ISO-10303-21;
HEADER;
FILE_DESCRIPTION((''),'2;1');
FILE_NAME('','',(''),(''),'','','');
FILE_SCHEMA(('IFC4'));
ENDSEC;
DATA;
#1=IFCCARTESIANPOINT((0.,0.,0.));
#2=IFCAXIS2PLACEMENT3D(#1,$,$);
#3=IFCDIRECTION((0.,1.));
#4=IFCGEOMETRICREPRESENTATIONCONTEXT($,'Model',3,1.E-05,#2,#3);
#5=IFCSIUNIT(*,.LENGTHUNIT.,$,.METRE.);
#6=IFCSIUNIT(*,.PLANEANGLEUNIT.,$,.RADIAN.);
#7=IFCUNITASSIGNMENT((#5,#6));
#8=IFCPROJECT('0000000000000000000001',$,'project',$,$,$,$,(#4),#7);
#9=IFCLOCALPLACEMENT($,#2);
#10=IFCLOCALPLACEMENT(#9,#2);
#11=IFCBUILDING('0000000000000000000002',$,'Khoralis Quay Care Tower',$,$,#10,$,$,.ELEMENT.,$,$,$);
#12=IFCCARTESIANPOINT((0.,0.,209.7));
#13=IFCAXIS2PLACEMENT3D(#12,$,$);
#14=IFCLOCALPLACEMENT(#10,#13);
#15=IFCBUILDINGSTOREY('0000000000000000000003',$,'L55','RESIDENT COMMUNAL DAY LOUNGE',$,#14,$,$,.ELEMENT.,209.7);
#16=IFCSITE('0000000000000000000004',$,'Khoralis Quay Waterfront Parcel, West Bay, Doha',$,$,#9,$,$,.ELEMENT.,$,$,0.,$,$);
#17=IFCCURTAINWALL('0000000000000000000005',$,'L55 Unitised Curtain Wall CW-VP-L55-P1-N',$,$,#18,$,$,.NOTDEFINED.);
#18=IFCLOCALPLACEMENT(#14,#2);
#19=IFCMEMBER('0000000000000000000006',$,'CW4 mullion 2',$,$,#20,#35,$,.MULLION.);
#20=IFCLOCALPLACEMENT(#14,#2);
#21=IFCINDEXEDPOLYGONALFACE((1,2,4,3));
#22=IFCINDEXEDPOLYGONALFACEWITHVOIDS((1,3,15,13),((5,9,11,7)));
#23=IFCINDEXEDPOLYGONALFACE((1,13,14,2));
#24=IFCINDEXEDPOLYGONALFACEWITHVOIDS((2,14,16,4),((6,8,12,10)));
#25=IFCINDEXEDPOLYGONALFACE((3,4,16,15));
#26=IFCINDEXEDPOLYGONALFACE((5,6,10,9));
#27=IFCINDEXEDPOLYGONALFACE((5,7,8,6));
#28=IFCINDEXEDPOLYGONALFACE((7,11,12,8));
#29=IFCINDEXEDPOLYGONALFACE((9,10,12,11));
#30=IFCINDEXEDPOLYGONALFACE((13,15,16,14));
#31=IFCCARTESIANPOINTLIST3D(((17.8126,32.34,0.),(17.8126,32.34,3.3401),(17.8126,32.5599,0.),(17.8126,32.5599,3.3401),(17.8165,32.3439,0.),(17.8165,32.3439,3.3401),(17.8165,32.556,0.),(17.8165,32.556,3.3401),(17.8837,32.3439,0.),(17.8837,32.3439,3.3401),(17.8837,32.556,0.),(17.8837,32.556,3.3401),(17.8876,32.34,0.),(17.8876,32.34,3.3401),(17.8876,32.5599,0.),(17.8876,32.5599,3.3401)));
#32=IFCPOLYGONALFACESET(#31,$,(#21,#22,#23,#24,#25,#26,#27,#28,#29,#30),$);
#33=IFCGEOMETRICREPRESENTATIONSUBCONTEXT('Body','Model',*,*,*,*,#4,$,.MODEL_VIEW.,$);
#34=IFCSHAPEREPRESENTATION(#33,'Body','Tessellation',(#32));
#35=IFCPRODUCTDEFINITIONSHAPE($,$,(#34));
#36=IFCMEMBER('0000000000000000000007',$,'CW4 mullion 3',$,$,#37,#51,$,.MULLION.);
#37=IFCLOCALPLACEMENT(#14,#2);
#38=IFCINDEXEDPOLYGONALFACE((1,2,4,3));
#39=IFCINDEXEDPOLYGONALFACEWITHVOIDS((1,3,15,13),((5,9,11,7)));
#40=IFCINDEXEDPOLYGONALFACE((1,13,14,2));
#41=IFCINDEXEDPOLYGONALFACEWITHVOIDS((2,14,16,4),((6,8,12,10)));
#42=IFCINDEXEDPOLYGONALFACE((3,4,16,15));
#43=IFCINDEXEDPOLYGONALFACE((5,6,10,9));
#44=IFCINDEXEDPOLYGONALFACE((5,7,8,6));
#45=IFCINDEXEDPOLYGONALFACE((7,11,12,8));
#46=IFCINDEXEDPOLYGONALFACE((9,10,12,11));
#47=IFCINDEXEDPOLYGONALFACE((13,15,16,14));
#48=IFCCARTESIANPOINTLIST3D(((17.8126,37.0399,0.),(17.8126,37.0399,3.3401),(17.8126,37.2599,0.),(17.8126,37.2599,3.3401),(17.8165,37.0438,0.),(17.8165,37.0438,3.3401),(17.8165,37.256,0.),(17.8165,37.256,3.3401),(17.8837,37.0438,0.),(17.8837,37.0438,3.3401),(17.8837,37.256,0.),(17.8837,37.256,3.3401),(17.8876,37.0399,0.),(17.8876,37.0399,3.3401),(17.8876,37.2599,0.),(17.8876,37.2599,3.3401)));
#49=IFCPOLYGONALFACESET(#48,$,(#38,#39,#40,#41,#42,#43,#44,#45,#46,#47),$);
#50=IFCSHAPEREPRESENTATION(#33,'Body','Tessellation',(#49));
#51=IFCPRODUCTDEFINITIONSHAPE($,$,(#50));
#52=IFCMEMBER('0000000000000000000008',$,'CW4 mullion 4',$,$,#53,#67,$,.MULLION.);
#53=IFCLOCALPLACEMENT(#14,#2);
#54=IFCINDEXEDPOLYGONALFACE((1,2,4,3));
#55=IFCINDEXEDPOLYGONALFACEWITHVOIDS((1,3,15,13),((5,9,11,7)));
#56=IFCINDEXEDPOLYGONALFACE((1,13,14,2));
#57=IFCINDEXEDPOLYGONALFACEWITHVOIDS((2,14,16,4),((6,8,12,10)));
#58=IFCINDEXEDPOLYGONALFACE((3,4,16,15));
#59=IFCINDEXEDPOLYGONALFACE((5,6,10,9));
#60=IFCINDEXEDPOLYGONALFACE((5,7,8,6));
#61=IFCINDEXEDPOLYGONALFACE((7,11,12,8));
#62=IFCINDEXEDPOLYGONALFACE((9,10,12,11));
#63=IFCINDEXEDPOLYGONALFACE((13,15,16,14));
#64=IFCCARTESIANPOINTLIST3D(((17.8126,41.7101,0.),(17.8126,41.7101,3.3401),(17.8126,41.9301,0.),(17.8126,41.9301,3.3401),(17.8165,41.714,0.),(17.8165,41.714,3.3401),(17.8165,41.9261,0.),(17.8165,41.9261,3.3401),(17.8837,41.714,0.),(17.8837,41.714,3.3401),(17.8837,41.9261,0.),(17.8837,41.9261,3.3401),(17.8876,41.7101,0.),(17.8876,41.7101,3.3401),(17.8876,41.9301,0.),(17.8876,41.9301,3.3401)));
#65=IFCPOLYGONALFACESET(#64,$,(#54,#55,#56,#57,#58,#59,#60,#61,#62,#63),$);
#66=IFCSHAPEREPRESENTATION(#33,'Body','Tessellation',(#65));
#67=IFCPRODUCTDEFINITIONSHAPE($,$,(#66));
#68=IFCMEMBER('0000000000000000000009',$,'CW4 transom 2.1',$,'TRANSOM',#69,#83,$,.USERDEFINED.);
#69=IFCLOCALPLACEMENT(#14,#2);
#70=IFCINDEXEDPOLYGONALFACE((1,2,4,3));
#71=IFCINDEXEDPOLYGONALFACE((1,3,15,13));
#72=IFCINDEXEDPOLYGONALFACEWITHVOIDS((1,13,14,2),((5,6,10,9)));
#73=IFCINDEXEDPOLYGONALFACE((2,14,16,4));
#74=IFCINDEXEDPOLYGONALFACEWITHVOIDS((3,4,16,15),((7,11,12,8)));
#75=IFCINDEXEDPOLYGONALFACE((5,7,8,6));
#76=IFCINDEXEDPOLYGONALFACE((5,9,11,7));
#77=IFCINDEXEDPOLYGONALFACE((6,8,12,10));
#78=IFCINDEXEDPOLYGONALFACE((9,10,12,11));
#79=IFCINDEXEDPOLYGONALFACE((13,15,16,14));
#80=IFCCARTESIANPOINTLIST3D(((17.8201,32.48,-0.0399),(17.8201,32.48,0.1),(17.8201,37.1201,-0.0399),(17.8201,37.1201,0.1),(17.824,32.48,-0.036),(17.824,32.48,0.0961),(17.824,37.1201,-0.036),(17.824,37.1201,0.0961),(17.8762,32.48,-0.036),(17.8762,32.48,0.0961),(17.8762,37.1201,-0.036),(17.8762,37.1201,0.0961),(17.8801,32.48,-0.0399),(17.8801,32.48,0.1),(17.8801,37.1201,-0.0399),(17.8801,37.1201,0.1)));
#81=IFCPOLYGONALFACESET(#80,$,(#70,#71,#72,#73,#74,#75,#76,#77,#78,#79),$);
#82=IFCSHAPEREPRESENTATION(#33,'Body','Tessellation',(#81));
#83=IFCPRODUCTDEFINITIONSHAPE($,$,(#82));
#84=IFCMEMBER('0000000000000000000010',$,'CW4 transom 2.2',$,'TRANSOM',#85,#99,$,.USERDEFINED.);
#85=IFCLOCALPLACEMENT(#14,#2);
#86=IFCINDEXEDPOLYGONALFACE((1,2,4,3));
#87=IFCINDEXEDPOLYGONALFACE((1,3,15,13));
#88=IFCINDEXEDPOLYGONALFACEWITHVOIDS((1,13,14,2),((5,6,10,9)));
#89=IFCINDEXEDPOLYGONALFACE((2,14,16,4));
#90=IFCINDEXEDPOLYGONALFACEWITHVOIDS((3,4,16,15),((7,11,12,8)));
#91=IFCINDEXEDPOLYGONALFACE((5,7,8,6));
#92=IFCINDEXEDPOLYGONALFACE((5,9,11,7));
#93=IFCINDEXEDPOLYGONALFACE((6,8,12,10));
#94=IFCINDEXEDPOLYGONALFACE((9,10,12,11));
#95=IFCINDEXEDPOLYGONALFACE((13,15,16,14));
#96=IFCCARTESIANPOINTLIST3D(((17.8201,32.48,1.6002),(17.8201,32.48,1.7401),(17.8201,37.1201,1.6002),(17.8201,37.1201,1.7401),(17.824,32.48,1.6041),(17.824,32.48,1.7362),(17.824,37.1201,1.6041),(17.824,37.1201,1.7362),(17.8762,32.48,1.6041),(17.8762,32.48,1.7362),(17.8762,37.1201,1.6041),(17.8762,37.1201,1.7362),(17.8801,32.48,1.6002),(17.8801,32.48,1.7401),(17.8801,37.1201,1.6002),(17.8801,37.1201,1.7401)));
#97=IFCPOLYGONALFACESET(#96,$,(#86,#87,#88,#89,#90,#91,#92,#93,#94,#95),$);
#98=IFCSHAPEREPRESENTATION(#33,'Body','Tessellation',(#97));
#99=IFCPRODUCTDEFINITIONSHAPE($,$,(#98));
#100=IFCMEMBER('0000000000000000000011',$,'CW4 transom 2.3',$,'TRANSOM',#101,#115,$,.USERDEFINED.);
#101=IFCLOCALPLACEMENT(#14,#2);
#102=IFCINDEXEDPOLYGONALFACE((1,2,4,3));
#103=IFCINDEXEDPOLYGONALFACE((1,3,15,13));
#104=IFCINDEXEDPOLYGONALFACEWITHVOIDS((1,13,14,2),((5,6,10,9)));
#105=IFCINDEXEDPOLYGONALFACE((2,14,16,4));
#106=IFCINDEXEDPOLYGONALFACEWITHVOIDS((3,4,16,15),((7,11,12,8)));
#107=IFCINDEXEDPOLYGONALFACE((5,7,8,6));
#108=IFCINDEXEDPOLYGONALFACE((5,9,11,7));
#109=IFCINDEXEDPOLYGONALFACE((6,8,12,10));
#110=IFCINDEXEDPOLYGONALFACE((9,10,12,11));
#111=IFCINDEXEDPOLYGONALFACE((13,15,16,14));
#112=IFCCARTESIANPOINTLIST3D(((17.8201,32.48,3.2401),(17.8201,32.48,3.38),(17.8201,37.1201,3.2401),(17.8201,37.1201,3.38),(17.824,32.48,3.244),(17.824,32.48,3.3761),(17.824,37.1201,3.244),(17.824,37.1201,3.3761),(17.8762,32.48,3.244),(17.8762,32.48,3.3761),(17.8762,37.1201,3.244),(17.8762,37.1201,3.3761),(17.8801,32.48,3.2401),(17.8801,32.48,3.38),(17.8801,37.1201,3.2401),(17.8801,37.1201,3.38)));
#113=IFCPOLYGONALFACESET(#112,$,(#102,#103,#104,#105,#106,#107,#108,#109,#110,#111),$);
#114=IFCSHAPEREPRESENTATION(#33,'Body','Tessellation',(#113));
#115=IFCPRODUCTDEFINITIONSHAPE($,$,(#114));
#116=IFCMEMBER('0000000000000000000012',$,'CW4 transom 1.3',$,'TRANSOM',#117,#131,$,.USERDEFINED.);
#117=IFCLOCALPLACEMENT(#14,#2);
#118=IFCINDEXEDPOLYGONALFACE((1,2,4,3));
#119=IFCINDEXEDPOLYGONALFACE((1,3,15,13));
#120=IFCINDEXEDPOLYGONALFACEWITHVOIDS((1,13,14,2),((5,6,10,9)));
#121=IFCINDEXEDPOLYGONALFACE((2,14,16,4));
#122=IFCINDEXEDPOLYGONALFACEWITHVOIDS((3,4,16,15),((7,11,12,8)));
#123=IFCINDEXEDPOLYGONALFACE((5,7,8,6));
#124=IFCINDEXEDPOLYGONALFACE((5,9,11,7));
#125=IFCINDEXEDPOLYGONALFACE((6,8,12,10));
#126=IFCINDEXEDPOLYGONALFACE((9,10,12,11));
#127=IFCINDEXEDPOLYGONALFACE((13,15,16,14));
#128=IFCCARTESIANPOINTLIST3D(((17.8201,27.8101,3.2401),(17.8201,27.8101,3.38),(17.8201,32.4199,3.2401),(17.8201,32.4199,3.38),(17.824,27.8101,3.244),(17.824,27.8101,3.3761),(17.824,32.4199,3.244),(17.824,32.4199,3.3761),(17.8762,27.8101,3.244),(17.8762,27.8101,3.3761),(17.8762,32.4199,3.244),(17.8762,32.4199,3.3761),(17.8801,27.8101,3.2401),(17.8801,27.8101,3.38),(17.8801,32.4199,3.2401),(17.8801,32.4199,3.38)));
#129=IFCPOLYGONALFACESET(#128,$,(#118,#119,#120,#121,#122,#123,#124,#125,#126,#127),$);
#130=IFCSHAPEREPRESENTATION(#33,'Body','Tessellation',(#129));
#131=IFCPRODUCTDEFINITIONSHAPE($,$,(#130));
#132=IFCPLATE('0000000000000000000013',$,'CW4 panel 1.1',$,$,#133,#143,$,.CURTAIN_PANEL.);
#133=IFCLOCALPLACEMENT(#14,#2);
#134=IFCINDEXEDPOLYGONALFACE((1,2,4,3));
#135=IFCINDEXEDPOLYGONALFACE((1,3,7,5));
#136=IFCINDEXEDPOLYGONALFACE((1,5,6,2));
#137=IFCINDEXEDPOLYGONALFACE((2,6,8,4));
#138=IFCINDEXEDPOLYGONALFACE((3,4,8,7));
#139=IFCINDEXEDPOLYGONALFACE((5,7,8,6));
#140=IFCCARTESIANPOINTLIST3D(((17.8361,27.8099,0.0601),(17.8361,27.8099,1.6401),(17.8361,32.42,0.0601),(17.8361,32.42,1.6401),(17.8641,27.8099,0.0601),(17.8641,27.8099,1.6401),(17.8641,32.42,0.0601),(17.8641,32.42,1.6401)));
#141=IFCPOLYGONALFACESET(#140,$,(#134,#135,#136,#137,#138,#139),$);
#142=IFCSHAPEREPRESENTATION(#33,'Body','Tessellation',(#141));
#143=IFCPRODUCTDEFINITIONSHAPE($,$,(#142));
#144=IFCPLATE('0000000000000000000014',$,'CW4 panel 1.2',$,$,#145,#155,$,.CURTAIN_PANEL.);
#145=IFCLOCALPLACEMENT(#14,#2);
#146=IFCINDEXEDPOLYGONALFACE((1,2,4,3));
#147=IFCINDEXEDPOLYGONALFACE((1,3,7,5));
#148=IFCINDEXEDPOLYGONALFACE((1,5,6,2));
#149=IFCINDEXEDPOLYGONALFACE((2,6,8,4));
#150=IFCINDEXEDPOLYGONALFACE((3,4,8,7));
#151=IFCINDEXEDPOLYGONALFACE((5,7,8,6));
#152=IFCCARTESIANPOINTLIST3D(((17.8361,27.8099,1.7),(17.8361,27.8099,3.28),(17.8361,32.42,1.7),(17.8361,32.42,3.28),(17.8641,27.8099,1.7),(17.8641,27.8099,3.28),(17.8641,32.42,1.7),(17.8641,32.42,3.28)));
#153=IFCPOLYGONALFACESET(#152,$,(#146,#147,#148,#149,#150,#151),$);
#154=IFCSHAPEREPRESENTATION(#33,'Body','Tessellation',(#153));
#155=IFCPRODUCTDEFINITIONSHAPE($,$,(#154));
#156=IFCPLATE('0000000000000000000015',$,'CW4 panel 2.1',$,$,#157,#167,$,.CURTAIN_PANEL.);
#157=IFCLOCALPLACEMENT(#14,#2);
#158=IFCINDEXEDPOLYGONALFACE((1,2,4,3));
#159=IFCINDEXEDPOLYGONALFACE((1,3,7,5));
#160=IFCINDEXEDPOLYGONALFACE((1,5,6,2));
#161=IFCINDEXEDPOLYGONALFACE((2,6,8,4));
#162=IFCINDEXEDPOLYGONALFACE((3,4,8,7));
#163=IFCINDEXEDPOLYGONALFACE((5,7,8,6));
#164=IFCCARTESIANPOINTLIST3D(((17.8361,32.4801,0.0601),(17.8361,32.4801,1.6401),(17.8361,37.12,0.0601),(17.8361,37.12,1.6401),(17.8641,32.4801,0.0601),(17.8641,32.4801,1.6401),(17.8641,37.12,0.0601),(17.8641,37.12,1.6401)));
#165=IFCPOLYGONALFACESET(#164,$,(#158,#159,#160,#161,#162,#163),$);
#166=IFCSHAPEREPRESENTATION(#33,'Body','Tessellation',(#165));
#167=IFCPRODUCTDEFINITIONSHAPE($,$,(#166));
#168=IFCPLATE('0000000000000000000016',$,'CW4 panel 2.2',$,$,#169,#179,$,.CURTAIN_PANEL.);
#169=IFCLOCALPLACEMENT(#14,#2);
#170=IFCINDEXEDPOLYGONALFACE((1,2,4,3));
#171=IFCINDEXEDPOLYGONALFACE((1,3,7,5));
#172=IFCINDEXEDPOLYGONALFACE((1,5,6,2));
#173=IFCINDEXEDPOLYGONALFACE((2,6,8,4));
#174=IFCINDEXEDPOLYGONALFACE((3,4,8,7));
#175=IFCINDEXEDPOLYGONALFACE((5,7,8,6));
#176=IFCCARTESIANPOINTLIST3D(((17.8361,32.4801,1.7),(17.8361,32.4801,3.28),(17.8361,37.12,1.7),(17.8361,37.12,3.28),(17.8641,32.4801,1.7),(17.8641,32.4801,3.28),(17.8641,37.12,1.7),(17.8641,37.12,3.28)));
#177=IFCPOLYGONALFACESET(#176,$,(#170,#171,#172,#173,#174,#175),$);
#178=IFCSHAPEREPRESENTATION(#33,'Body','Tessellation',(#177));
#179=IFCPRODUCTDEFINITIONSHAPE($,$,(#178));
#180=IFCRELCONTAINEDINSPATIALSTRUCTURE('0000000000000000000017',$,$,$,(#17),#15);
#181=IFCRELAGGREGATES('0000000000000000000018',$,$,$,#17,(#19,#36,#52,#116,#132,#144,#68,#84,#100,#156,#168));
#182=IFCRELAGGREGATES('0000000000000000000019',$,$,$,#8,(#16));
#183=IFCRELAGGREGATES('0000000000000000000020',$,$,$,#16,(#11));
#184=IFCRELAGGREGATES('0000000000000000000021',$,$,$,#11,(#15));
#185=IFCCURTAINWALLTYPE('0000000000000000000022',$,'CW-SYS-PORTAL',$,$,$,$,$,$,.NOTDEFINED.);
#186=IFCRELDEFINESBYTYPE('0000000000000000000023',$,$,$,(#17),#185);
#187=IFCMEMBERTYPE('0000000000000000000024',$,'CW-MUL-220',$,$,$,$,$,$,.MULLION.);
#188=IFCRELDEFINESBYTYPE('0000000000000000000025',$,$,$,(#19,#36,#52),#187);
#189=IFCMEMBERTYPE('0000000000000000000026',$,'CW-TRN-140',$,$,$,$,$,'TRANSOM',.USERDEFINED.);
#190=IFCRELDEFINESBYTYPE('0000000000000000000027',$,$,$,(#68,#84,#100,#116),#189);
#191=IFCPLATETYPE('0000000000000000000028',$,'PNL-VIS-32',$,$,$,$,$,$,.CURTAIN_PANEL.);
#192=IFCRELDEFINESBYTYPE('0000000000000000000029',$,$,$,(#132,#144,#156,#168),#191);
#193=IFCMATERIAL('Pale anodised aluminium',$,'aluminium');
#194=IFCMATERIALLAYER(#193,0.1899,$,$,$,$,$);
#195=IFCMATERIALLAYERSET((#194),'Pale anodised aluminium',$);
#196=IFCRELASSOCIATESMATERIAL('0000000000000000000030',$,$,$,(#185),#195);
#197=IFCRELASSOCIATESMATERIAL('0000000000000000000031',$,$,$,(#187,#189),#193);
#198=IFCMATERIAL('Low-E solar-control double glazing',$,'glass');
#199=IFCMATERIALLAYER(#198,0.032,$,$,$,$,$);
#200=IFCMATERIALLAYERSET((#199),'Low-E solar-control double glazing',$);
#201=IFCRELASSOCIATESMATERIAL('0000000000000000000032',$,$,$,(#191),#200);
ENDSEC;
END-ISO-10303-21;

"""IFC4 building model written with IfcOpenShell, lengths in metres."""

from ifc_helpers import new_model, si_unit, direction, frame, origin, origin_2d, place, context, subcontext, project, spatial, rectangle, hollow_rectangle, extrude, source, transform, mapped, material, layer, layer_set, material_profile, profile_set, type_object, element, aggregate, save


model = new_model("IFC4")

# Units and contexts
model_context = context("Model", 3, precision=1e-05, world=origin(), true_north=direction((0.0, 1.0)))
body_context = subcontext(model_context, "Body", "Model", "MODEL_VIEW")
ifc_project = project(units=[si_unit("LENGTHUNIT", "METRE"), si_unit("PLANEANGLEUNIT", "RADIAN")], contexts=[model_context])

# Site, building, storey
site_placement = place(None, origin())
site = spatial("IfcSite", under=ifc_project, at=site_placement, Name="Khoralis Quay Waterfront Parcel, West Bay, Doha", CompositionType="ELEMENT", RefElevation=0.0)
building_placement = place(site_placement, origin())
building = spatial("IfcBuilding", under=site, at=building_placement, Name="Khoralis Quay Care Tower", CompositionType="ELEMENT")
storey_placement = place(building_placement, frame((0.0, 0.0, 209.7)))
storey = spatial("IfcBuildingStorey", under=building, at=storey_placement, Name="L55", Description="RESIDENT COMMUNAL DAY LOUNGE", CompositionType="ELEMENT", Elevation=209.7)

# Curtain wall, members, plates
ifc_material_1 = material(Name="Pale anodised aluminium", Category="aluminium")
ifc_layer_1 = layer(ifc_material_1, 0.1899)
ifc_layer_set_1 = layer_set([ifc_layer_1], Name="Pale anodised aluminium")
curtain_wall_type = type_object("IfcCurtainWallType", Name="CW-SYS-PORTAL", PredefinedType="NOTDEFINED", material=ifc_layer_set_1)
curtain_wall_placement = place(storey_placement, origin())
curtain_wall = element("IfcCurtainWall", 1, at=curtain_wall_placement, inside=storey, type_object=curtain_wall_type, Name="L55 Unitised Curtain Wall CW-VP-L55-P1-N", PredefinedType="NOTDEFINED")
ifc_material_profile_1 = material_profile(ifc_material_1, hollow_rectangle(XDim=0.075, YDim=0.22, WallThickness=0.0039, at=origin_2d()), Name="Pale anodised aluminium")
ifc_profile_set_1 = profile_set([ifc_material_profile_1], Name="Pale anodised aluminium")
member_type_1 = type_object("IfcMemberType", Name="CW-MUL-220", PredefinedType="MULLION", material=ifc_profile_set_1)
shared_shape_1 = source(origin(), body_context, "Body", "SweptSolid", [
    extrude(hollow_rectangle(XDim=0.075, YDim=0.22, WallThickness=0.0039, at=origin_2d()), origin(), (0.0, 0.0, 1.0), 3.3401),
])
member_1_placement = place(storey_placement, frame((17.8501, 32.45, 0.0), z_axis=(0.0, 0.0, 1.0), x_axis=(-1.0, 0.0, 0.0)))
member_1 = element("IfcMember", 2, at=member_1_placement, type_object=member_type_1, Name="CW4 mullion 2", PredefinedType="MULLION", context=body_context, shape_type="MappedRepresentation", body=[
    mapped(shared_shape_1, transform((0.0, 0.0, 0.0), scale=1.0)),
])
member_2_placement = place(storey_placement, frame((17.8501, 37.1499, 0.0), z_axis=(0.0, 0.0, 1.0), x_axis=(-1.0, 0.0, 0.0)))
member_2 = element("IfcMember", 3, at=member_2_placement, type_object=member_type_1, Name="CW4 mullion 3", PredefinedType="MULLION", context=body_context, shape_type="MappedRepresentation", body=[
    mapped(shared_shape_1, transform((0.0, 0.0, 0.0), scale=1.0)),
])
member_3_placement = place(storey_placement, frame((17.8501, 41.8201, 0.0), z_axis=(0.0, 0.0, 1.0), x_axis=(-1.0, 0.0, 0.0)))
member_3 = element("IfcMember", 4, at=member_3_placement, type_object=member_type_1, Name="CW4 mullion 4", PredefinedType="MULLION", context=body_context, shape_type="MappedRepresentation", body=[
    mapped(shared_shape_1, transform((0.0, 0.0, 0.0), scale=1.0)),
])
ifc_material_profile_2 = material_profile(ifc_material_1, hollow_rectangle(XDim=0.0601, YDim=0.1399, WallThickness=0.0039, at=origin_2d()), Name="Pale anodised aluminium")
ifc_profile_set_2 = profile_set([ifc_material_profile_2], Name="Pale anodised aluminium")
member_type_2 = type_object("IfcMemberType", Name="CW-TRN-140", ElementType="TRANSOM", PredefinedType="USERDEFINED", material=ifc_profile_set_2)
shared_shape_2 = source(origin(), body_context, "Body", "SweptSolid", [
    extrude(hollow_rectangle(XDim=0.0601, YDim=0.1399, WallThickness=0.0039, at=origin_2d()), origin(), (0.0, 0.0, 1.0), 4.6401),
])
member_4_placement = place(storey_placement, frame((17.8501, 32.48, 0.03), z_axis=(0.0, 1.0, 0.0), x_axis=(-1.0, 0.0, 0.0)))
member_4 = element("IfcMember", 5, at=member_4_placement, type_object=member_type_2, Name="CW4 transom 2.1", ObjectType="TRANSOM", PredefinedType="USERDEFINED", context=body_context, shape_type="MappedRepresentation", body=[
    mapped(shared_shape_2, transform((0.0, 0.0, 0.0), scale=1.0)),
])
member_5_placement = place(storey_placement, frame((17.8501, 32.48, 1.6702), z_axis=(0.0, 1.0, 0.0), x_axis=(-1.0, 0.0, 0.0)))
member_5 = element("IfcMember", 6, at=member_5_placement, type_object=member_type_2, Name="CW4 transom 2.2", ObjectType="TRANSOM", PredefinedType="USERDEFINED", context=body_context, shape_type="MappedRepresentation", body=[
    mapped(shared_shape_2, transform((0.0, 0.0, 0.0), scale=1.0)),
])
member_6_placement = place(storey_placement, frame((17.8501, 32.48, 3.3101), z_axis=(0.0, 1.0, 0.0), x_axis=(-1.0, 0.0, 0.0)))
member_6 = element("IfcMember", 7, at=member_6_placement, type_object=member_type_2, Name="CW4 transom 2.3", ObjectType="TRANSOM", PredefinedType="USERDEFINED", context=body_context, shape_type="MappedRepresentation", body=[
    mapped(shared_shape_2, transform((0.0, 0.0, 0.0), scale=1.0)),
])
shared_shape_3 = source(origin(), body_context, "Body", "SweptSolid", [
    extrude(hollow_rectangle(XDim=0.0601, YDim=0.1399, WallThickness=0.0039, at=origin_2d()), origin(), (0.0, 0.0, 1.0), 4.6099),
])
member_7_placement = place(storey_placement, frame((17.8501, 27.8101, 3.3101), z_axis=(0.0, 1.0, 0.0), x_axis=(-1.0, 0.0, 0.0)))
member_7 = element("IfcMember", 8, at=member_7_placement, type_object=member_type_2, Name="CW4 transom 1.3", ObjectType="TRANSOM", PredefinedType="USERDEFINED", context=body_context, shape_type="MappedRepresentation", body=[
    mapped(shared_shape_3, transform((0.0, 0.0, 0.0), scale=1.0)),
])
ifc_material_2 = material(Name="Low-E solar-control double glazing", Category="glass")
ifc_layer_2 = layer(ifc_material_2, 0.032)
ifc_layer_set_2 = layer_set([ifc_layer_2], Name="Low-E solar-control double glazing")
plate_type = type_object("IfcPlateType", Name="PNL-VIS-32", PredefinedType="CURTAIN_PANEL", material=ifc_layer_set_2)
shared_shape_4 = source(origin(), body_context, "Body", "SweptSolid", [
    extrude(rectangle(XDim=4.6101, YDim=0.0281, at=origin_2d()), origin(), (0.0, 0.0, 1.0), 1.5801),
])
plate_1_placement = place(storey_placement, frame((17.8501, 30.115, 0.0601), z_axis=(0.0, 0.0, 1.0), x_axis=(0.0, 1.0, 0.0)))
plate_1 = element("IfcPlate", 9, at=plate_1_placement, type_object=plate_type, Name="CW4 panel 1.1", PredefinedType="CURTAIN_PANEL", context=body_context, shape_type="MappedRepresentation", body=[
    mapped(shared_shape_4, transform((0.0, 0.0, 0.0), scale=1.0)),
])
plate_2_placement = place(storey_placement, frame((17.8501, 30.115, 1.7), z_axis=(0.0, 0.0, 1.0), x_axis=(0.0, 1.0, 0.0)))
plate_2 = element("IfcPlate", 10, at=plate_2_placement, type_object=plate_type, Name="CW4 panel 1.2", PredefinedType="CURTAIN_PANEL", context=body_context, shape_type="MappedRepresentation", body=[
    mapped(shared_shape_4, transform((0.0, 0.0, 0.0), scale=1.0)),
])
shared_shape_5 = source(origin(), body_context, "Body", "SweptSolid", [
    extrude(rectangle(XDim=4.6399, YDim=0.0281, at=origin_2d()), origin(), (0.0, 0.0, 1.0), 1.5801),
])
plate_3_placement = place(storey_placement, frame((17.8501, 34.8, 0.0601), z_axis=(0.0, 0.0, 1.0), x_axis=(0.0, 1.0, 0.0)))
plate_3 = element("IfcPlate", 11, at=plate_3_placement, type_object=plate_type, Name="CW4 panel 2.1", PredefinedType="CURTAIN_PANEL", context=body_context, shape_type="MappedRepresentation", body=[
    mapped(shared_shape_5, transform((0.0, 0.0, 0.0), scale=1.0)),
])
plate_4_placement = place(storey_placement, frame((17.8501, 34.8, 1.7), z_axis=(0.0, 0.0, 1.0), x_axis=(0.0, 1.0, 0.0)))
plate_4 = element("IfcPlate", 12, at=plate_4_placement, type_object=plate_type, Name="CW4 panel 2.2", PredefinedType="CURTAIN_PANEL", context=body_context, shape_type="MappedRepresentation", body=[
    mapped(shared_shape_5, transform((0.0, 0.0, 0.0), scale=1.0)),
])
aggregate(curtain_wall, [member_1, member_2, member_3, member_7, plate_1, plate_2, member_4, member_5, member_6, plate_3, plate_4])

save(model, "model.ifc")
